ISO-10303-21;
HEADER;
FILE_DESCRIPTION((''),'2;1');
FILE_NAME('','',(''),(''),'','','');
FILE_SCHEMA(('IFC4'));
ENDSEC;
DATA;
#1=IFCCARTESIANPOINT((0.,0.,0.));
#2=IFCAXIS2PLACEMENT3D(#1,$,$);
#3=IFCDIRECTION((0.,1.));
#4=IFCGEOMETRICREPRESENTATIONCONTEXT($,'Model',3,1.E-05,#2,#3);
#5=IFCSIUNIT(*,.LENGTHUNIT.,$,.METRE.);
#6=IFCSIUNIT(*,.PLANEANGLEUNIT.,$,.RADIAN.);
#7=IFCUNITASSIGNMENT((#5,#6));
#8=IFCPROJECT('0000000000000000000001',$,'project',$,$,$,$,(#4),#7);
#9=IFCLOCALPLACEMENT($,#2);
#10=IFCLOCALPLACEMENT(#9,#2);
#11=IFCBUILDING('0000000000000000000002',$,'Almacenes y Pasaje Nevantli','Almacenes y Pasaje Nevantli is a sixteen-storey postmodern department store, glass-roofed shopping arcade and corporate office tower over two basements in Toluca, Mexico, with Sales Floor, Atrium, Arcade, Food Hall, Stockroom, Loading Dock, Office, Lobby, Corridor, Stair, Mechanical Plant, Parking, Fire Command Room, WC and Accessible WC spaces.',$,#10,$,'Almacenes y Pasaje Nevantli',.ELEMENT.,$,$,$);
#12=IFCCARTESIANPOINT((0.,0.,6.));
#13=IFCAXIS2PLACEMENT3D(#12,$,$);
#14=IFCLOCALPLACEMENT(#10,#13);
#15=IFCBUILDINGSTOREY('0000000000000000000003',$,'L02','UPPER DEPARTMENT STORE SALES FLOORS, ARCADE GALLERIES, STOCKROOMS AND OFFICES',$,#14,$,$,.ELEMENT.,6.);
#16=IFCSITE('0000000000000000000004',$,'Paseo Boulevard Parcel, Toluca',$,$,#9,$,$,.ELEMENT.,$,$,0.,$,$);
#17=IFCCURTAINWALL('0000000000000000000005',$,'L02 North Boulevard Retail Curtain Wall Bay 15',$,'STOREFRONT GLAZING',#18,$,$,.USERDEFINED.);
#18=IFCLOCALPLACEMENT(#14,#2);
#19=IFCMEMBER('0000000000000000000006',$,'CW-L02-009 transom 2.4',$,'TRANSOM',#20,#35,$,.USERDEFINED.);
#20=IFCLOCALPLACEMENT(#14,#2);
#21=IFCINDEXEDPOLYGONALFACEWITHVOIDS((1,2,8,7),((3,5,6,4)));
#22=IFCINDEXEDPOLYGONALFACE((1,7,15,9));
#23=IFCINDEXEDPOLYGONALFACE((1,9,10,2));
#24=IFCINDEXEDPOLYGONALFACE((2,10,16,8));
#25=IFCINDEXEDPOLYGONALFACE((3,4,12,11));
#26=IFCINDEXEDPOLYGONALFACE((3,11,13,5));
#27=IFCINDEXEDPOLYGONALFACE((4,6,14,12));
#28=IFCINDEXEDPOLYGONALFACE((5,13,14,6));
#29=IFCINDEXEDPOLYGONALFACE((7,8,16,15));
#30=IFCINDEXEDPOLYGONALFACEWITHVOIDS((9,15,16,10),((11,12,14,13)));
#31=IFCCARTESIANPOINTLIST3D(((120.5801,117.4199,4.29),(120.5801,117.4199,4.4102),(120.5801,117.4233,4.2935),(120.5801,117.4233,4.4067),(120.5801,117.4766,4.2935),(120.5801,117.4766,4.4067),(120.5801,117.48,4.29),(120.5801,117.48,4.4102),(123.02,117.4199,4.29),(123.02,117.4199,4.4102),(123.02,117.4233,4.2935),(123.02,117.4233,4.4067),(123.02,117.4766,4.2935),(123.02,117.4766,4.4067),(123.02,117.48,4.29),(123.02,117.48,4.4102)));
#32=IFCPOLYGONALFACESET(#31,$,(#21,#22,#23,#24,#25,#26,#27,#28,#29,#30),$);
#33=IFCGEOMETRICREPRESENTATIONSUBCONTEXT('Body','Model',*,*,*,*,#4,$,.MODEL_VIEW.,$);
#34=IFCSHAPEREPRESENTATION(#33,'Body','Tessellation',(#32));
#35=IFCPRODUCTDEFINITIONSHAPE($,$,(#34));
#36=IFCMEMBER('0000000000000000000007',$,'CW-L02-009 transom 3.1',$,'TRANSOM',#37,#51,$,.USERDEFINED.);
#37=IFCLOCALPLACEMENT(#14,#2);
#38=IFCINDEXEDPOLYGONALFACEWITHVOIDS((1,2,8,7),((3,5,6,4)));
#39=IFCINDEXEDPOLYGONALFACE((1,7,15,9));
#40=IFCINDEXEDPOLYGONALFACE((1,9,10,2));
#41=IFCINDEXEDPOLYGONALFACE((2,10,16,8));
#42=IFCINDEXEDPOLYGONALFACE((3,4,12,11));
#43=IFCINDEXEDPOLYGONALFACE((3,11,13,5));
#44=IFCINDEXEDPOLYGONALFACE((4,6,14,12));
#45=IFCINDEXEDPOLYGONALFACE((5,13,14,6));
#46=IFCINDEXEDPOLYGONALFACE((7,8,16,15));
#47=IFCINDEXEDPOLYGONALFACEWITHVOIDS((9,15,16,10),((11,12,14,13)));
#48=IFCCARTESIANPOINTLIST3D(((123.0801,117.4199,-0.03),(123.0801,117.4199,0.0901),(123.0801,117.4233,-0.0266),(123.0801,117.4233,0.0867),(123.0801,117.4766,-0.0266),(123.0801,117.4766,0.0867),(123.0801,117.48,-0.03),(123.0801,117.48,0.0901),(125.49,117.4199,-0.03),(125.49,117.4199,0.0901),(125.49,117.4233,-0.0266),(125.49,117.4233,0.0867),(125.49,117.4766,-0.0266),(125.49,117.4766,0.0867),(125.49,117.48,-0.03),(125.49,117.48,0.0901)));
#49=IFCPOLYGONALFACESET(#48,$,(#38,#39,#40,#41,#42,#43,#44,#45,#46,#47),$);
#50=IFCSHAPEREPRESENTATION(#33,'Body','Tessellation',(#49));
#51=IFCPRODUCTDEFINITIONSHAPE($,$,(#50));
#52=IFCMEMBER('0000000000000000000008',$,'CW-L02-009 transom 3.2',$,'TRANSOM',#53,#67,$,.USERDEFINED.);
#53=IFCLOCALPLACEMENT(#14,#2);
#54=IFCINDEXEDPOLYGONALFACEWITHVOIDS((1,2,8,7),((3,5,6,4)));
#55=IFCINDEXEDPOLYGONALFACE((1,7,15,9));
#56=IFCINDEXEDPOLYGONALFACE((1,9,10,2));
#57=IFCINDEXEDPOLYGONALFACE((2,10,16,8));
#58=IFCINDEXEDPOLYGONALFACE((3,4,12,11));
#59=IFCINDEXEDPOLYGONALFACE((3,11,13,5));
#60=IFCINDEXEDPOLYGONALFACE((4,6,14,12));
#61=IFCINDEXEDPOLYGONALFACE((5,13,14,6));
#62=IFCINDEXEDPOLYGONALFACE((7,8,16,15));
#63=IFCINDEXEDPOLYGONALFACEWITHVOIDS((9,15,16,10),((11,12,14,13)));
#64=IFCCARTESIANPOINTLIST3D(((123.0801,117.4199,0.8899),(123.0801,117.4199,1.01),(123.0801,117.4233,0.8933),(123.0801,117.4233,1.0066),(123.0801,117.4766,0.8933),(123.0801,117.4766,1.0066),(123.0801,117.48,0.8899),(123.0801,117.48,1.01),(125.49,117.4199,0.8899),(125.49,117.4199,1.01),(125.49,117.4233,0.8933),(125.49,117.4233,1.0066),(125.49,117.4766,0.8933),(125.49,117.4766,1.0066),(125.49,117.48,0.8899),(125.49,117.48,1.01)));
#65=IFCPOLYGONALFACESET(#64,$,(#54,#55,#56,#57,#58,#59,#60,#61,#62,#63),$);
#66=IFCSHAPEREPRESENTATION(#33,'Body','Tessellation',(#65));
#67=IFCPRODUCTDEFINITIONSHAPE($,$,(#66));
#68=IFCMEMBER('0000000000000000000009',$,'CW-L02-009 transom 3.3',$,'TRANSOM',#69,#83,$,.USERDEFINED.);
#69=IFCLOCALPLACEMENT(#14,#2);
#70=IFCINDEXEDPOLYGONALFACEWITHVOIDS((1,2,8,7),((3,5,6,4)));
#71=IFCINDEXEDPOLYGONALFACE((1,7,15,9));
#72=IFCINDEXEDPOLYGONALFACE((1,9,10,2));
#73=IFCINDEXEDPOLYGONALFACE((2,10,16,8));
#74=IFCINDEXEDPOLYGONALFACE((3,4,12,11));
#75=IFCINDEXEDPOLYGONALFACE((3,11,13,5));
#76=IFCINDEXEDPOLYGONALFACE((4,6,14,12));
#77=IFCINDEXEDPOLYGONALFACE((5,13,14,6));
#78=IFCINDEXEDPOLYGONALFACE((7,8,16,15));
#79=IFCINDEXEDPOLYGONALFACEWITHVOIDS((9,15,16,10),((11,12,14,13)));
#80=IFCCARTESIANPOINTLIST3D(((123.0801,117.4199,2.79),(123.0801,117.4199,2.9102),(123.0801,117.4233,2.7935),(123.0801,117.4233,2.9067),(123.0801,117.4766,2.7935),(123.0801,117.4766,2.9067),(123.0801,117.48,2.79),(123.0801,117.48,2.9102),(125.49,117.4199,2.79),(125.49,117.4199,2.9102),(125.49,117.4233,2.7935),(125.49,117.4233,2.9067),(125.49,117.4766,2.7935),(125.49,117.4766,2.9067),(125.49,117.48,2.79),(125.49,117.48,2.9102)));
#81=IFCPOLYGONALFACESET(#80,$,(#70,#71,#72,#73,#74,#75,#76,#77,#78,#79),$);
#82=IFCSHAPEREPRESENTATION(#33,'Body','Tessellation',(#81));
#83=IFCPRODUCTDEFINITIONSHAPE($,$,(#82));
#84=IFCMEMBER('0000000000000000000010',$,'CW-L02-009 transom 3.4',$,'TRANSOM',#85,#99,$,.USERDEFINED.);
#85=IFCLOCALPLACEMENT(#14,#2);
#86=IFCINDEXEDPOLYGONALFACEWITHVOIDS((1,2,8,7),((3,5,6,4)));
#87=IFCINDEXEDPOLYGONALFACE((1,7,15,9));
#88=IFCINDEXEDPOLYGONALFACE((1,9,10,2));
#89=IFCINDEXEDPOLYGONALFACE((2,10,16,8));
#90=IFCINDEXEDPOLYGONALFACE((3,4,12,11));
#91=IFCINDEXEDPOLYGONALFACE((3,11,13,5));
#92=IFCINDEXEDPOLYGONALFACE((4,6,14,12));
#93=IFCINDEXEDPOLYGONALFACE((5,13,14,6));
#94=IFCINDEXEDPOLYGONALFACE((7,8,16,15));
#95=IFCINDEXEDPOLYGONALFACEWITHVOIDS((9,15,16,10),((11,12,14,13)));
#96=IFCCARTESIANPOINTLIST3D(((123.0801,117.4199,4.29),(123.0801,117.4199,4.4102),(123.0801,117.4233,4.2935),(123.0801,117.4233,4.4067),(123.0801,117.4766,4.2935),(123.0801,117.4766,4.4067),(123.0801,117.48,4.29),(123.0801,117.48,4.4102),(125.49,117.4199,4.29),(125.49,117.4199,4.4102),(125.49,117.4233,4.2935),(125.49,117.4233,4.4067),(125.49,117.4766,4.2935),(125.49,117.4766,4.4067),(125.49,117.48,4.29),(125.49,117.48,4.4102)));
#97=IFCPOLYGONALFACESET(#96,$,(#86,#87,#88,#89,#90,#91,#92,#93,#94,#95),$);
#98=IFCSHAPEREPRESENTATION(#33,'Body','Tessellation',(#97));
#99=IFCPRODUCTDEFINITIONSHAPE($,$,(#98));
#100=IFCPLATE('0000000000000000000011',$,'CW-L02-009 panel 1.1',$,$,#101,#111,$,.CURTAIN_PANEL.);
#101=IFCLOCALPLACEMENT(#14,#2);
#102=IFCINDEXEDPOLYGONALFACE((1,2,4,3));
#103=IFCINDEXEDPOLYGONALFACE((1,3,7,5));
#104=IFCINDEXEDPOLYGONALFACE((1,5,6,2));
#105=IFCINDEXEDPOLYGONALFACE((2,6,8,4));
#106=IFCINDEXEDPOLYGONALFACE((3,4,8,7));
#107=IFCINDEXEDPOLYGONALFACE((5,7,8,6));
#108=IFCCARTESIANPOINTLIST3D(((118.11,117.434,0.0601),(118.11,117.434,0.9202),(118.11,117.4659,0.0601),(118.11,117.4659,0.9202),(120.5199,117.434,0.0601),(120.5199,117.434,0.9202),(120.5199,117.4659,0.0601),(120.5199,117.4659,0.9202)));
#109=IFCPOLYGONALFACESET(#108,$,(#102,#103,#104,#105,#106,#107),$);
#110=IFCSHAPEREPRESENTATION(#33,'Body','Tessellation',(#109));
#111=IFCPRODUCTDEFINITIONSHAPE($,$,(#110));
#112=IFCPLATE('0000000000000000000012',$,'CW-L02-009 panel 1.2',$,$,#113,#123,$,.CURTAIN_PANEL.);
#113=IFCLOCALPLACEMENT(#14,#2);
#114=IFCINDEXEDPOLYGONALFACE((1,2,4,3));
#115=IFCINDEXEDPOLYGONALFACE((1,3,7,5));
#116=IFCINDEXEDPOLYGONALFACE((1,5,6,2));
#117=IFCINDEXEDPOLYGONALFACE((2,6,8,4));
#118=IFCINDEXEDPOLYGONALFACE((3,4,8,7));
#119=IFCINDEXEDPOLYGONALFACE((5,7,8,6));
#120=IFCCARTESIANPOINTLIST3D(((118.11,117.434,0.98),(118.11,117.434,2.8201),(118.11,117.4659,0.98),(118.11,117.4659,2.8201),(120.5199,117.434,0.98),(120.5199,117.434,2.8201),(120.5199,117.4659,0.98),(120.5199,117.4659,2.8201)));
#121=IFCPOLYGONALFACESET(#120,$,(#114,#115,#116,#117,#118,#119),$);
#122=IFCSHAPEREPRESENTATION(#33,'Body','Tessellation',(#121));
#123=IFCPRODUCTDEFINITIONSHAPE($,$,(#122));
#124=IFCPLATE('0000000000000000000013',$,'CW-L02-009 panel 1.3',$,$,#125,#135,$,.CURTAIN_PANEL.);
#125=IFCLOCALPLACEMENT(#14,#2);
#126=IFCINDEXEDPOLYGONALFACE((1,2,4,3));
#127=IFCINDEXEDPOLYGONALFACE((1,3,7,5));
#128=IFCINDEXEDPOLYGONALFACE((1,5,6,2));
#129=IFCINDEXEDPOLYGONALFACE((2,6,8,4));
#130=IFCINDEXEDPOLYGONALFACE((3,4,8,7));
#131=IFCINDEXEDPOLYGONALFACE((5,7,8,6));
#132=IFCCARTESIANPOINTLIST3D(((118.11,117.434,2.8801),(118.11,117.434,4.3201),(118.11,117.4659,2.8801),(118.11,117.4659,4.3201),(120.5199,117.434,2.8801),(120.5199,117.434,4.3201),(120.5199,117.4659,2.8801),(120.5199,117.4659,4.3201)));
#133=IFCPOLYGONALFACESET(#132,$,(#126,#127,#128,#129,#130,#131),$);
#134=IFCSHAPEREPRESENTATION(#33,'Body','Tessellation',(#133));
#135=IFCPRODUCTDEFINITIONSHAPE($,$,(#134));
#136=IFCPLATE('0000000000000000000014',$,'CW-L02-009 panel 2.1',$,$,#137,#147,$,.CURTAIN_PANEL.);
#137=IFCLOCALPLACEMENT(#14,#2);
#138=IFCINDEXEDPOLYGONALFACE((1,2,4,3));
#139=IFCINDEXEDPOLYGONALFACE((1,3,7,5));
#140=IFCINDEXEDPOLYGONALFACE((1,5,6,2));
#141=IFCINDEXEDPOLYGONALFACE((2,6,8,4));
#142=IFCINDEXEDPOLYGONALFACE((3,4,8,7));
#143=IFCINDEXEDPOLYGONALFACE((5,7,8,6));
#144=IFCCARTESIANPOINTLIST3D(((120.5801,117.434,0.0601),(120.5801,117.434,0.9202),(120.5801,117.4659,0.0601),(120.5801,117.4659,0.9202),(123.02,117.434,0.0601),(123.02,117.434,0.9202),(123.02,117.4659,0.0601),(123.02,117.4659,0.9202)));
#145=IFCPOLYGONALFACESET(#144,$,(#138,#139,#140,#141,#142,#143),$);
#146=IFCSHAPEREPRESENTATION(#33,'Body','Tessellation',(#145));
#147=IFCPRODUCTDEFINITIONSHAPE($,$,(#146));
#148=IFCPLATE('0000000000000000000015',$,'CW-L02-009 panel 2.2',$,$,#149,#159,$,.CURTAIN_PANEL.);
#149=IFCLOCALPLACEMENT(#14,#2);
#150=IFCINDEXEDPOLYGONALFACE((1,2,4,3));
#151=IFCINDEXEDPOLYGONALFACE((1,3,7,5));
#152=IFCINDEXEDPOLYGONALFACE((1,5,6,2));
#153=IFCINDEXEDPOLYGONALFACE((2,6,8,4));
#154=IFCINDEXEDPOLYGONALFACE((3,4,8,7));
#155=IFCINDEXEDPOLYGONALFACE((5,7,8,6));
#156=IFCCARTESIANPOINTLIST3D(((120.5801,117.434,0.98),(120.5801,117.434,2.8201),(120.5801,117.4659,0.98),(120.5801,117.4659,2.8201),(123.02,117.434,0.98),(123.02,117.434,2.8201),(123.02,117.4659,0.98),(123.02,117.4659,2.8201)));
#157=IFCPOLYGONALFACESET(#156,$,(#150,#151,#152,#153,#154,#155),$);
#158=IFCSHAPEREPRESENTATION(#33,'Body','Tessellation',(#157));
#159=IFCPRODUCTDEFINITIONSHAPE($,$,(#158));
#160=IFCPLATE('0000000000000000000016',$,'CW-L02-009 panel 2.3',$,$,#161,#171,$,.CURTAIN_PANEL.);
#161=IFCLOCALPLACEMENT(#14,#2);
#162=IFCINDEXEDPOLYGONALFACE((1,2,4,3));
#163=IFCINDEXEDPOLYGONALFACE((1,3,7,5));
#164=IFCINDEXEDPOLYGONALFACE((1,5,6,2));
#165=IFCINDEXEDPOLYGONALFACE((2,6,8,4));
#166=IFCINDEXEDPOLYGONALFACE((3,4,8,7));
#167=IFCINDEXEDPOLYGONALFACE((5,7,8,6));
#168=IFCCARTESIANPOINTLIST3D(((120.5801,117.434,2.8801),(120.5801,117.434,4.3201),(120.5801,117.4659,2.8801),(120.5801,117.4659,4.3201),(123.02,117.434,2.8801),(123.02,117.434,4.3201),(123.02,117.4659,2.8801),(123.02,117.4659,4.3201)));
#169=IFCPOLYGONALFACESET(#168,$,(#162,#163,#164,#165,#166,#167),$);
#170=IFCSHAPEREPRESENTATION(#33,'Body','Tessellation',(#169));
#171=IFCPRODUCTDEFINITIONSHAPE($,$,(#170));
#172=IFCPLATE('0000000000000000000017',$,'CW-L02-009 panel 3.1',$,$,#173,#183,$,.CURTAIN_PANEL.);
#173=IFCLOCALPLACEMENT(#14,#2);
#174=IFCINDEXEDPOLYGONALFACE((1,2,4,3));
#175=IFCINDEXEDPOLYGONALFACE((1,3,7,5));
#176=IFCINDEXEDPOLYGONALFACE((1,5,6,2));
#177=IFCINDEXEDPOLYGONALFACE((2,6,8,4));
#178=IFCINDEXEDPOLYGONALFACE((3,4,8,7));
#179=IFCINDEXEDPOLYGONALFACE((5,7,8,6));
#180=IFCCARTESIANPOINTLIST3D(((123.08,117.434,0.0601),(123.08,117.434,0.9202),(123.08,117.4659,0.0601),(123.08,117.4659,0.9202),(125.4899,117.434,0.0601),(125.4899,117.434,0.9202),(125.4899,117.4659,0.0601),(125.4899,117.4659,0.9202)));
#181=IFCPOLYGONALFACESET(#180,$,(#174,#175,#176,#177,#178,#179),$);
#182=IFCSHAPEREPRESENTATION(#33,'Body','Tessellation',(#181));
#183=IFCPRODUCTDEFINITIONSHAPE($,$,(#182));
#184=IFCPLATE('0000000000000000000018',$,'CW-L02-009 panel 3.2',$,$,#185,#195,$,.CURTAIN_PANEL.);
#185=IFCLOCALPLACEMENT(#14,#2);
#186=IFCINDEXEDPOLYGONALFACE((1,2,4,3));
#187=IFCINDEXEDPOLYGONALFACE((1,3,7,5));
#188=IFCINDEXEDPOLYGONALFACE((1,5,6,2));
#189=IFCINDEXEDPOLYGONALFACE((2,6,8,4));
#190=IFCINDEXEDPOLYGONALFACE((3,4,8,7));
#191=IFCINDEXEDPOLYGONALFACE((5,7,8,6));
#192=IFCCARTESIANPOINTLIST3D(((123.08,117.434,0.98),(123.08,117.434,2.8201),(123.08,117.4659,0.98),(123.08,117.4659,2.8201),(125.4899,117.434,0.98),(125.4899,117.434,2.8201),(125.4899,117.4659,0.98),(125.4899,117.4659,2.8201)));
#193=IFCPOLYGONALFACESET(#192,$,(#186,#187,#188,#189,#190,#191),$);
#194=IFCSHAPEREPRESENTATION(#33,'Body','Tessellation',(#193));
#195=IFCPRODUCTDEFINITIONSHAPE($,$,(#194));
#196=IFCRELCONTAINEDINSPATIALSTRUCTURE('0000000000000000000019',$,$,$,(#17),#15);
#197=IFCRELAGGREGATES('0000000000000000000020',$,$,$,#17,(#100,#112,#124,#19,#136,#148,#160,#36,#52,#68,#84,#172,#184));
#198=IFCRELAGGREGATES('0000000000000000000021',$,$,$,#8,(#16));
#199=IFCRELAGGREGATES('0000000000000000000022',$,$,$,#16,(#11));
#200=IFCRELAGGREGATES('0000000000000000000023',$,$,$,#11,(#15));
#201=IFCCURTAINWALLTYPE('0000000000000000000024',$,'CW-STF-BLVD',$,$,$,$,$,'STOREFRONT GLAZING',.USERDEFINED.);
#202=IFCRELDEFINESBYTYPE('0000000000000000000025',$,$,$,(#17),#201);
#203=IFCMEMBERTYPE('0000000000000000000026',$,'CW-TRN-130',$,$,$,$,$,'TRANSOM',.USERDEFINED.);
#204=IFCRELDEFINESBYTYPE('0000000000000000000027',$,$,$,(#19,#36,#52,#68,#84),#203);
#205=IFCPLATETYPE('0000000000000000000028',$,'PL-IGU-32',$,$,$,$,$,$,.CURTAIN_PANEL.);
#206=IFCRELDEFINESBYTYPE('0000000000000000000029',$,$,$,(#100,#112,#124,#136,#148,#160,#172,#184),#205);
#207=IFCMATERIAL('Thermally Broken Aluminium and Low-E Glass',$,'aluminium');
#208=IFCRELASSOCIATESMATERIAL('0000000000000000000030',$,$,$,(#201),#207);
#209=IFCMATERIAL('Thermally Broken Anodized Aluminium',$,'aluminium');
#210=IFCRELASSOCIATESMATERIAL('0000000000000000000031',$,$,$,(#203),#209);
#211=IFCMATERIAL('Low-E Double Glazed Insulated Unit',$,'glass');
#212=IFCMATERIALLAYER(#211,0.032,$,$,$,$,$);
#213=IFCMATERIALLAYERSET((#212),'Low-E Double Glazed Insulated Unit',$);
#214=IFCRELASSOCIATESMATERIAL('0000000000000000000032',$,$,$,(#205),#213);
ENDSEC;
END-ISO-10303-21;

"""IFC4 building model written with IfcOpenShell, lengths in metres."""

from ifc_helpers import new_model, si_unit, direction, frame, origin, origin_2d, place, context, subcontext, project, spatial, rectangle, hollow_rectangle, extrude, material, layer, layer_set, material_profile, profile_set, type_object, element, aggregate, save


model = new_model("IFC4")

# Units and contexts
model_context = context("Model", 3, precision=1e-05, world=origin(), true_north=direction((0.0, 1.0)))
body_context = subcontext(model_context, "Body", "Model", "MODEL_VIEW")
ifc_project = project(units=[si_unit("LENGTHUNIT", "METRE"), si_unit("PLANEANGLEUNIT", "RADIAN")], contexts=[model_context])

# Site, building, storey
site_placement = place(None, origin())
site = spatial("IfcSite", under=ifc_project, at=site_placement, Name="Paseo Boulevard Parcel, Toluca", CompositionType="ELEMENT", RefElevation=0.0)
building_placement = place(site_placement, origin())
building = spatial("IfcBuilding", under=site, at=building_placement, Name="Almacenes y Pasaje Nevantli", Description="Almacenes y Pasaje Nevantli is a sixteen-storey postmodern department store, glass-roofed shopping arcade and corporate office tower over two basements in Toluca, Mexico, with Sales Floor, Atrium, Arcade, Food Hall, Stockroom, Loading Dock, Office, Lobby, Corridor, Stair, Mechanical Plant, Parking, Fire Command Room, WC and Accessible WC spaces.", LongName="Almacenes y Pasaje Nevantli", CompositionType="ELEMENT")
storey_placement = place(building_placement, frame((0.0, 0.0, 6.0)))
storey = spatial("IfcBuildingStorey", under=building, at=storey_placement, Name="L02", Description="UPPER DEPARTMENT STORE SALES FLOORS, ARCADE GALLERIES, STOCKROOMS AND OFFICES", CompositionType="ELEMENT", Elevation=6.0)

# Curtain wall, members, plates
ifc_material_1 = material(Name="Thermally Broken Aluminium and Low-E Glass", Category="aluminium")
curtain_wall_type = type_object("IfcCurtainWallType", Name="CW-STF-BLVD", ElementType="STOREFRONT GLAZING", PredefinedType="USERDEFINED", material=ifc_material_1)
curtain_wall_placement = place(storey_placement, origin())
curtain_wall = element("IfcCurtainWall", 1, at=curtain_wall_placement, inside=storey, type_object=curtain_wall_type, Name="L02 North Boulevard Retail Curtain Wall Bay 15", ObjectType="STOREFRONT GLAZING", PredefinedType="USERDEFINED")
ifc_material_2 = material(Name="Thermally Broken Anodized Aluminium", Category="aluminium")
ifc_material_profile_1 = material_profile(ifc_material_2, hollow_rectangle(XDim=0.0601, YDim=0.1201, WallThickness=0.0034, at=origin_2d()), Name="ALU-TRN-60x120")
ifc_profile_set_1 = profile_set([ifc_material_profile_1], Name="Thermally Broken Anodized Aluminium")
member_type_1 = type_object("IfcMemberType", Name="CW-TRN-130", ElementType="TRANSOM", PredefinedType="USERDEFINED", material=ifc_profile_set_1)
member_1_placement = place(storey_placement, frame((120.5801, 117.45, 4.3501), z_axis=(1.0, 0.0, 0.0), x_axis=(0.0, 1.0, 0.0)))
member_1 = element("IfcMember", 2, at=member_1_placement, type_object=member_type_1, Name="CW-L02-009 transom 2.4", ObjectType="TRANSOM", PredefinedType="USERDEFINED", context=body_context, shape_type="SweptSolid", body=[
    extrude(hollow_rectangle(XDim=0.0601, YDim=0.1201, WallThickness=0.0034, at=origin_2d()), origin(), (0.0, 0.0, 1.0), 2.4399),
])
member_2_placement = place(storey_placement, frame((123.0801, 117.45, 0.03), z_axis=(1.0, 0.0, 0.0), x_axis=(0.0, 1.0, 0.0)))
member_2 = element("IfcMember", 3, at=member_2_placement, type_object=member_type_1, Name="CW-L02-009 transom 3.1", ObjectType="TRANSOM", PredefinedType="USERDEFINED", context=body_context, shape_type="SweptSolid", body=[
    extrude(hollow_rectangle(XDim=0.0601, YDim=0.1201, WallThickness=0.0034, at=origin_2d()), origin(), (0.0, 0.0, 1.0), 2.4099),
])
member_3_placement = place(storey_placement, frame((123.0801, 117.45, 0.95), z_axis=(1.0, 0.0, 0.0), x_axis=(0.0, 1.0, 0.0)))
member_3 = element("IfcMember", 4, at=member_3_placement, type_object=member_type_1, Name="CW-L02-009 transom 3.2", ObjectType="TRANSOM", PredefinedType="USERDEFINED", context=body_context, shape_type="SweptSolid", body=[
    extrude(hollow_rectangle(XDim=0.0601, YDim=0.1201, WallThickness=0.0034, at=origin_2d()), origin(), (0.0, 0.0, 1.0), 2.4099),
])
member_4_placement = place(storey_placement, frame((123.0801, 117.45, 2.8501), z_axis=(1.0, 0.0, 0.0), x_axis=(0.0, 1.0, 0.0)))
member_4 = element("IfcMember", 5, at=member_4_placement, type_object=member_type_1, Name="CW-L02-009 transom 3.3", ObjectType="TRANSOM", PredefinedType="USERDEFINED", context=body_context, shape_type="SweptSolid", body=[
    extrude(hollow_rectangle(XDim=0.0601, YDim=0.1201, WallThickness=0.0034, at=origin_2d()), origin(), (0.0, 0.0, 1.0), 2.4099),
])
member_5_placement = place(storey_placement, frame((123.0801, 117.45, 4.3501), z_axis=(1.0, 0.0, 0.0), x_axis=(0.0, 1.0, 0.0)))
member_5 = element("IfcMember", 6, at=member_5_placement, type_object=member_type_1, Name="CW-L02-009 transom 3.4", ObjectType="TRANSOM", PredefinedType="USERDEFINED", context=body_context, shape_type="SweptSolid", body=[
    extrude(hollow_rectangle(XDim=0.0601, YDim=0.1201, WallThickness=0.0034, at=origin_2d()), origin(), (0.0, 0.0, 1.0), 2.4099),
])
ifc_material_3 = material(Name="Low-E Double Glazed Insulated Unit", Category="glass")
ifc_layer_1 = layer(ifc_material_3, 0.032)
ifc_layer_set_1 = layer_set([ifc_layer_1], Name="Low-E Double Glazed Insulated Unit")
plate_type = type_object("IfcPlateType", Name="PL-IGU-32", PredefinedType="CURTAIN_PANEL", material=ifc_layer_set_1)
plate_1_placement = place(storey_placement, frame((119.3149, 117.45, 0.0601), z_axis=(0.0, 0.0, 1.0), x_axis=(1.0, 0.0, 0.0)))
plate_1 = element("IfcPlate", 7, at=plate_1_placement, type_object=plate_type, Name="CW-L02-009 panel 1.1", PredefinedType="CURTAIN_PANEL", context=body_context, shape_type="SweptSolid", body=[
    extrude(rectangle(XDim=2.4099, YDim=0.032, at=origin_2d()), origin(), (0.0, 0.0, 1.0), 0.8601),
])
plate_2_placement = place(storey_placement, frame((119.3149, 117.45, 0.98), z_axis=(0.0, 0.0, 1.0), x_axis=(1.0, 0.0, 0.0)))
plate_2 = element("IfcPlate", 8, at=plate_2_placement, type_object=plate_type, Name="CW-L02-009 panel 1.2", PredefinedType="CURTAIN_PANEL", context=body_context, shape_type="SweptSolid", body=[
    extrude(rectangle(XDim=2.4099, YDim=0.032, at=origin_2d()), origin(), (0.0, 0.0, 1.0), 1.8401),
])
plate_3_placement = place(storey_placement, frame((119.3149, 117.45, 2.8801), z_axis=(0.0, 0.0, 1.0), x_axis=(1.0, 0.0, 0.0)))
plate_3 = element("IfcPlate", 9, at=plate_3_placement, type_object=plate_type, Name="CW-L02-009 panel 1.3", PredefinedType="CURTAIN_PANEL", context=body_context, shape_type="SweptSolid", body=[
    extrude(rectangle(XDim=2.4099, YDim=0.032, at=origin_2d()), origin(), (0.0, 0.0, 1.0), 1.4399),
])
plate_4_placement = place(storey_placement, frame((121.8, 117.45, 0.0601), z_axis=(0.0, 0.0, 1.0), x_axis=(1.0, 0.0, 0.0)))
plate_4 = element("IfcPlate", 10, at=plate_4_placement, type_object=plate_type, Name="CW-L02-009 panel 2.1", PredefinedType="CURTAIN_PANEL", context=body_context, shape_type="SweptSolid", body=[
    extrude(rectangle(XDim=2.4399, YDim=0.032, at=origin_2d()), origin(), (0.0, 0.0, 1.0), 0.8601),
])
plate_5_placement = place(storey_placement, frame((121.8, 117.45, 0.98), z_axis=(0.0, 0.0, 1.0), x_axis=(1.0, 0.0, 0.0)))
plate_5 = element("IfcPlate", 11, at=plate_5_placement, type_object=plate_type, Name="CW-L02-009 panel 2.2", PredefinedType="CURTAIN_PANEL", context=body_context, shape_type="SweptSolid", body=[
    extrude(rectangle(XDim=2.4399, YDim=0.032, at=origin_2d()), origin(), (0.0, 0.0, 1.0), 1.8401),
])
plate_6_placement = place(storey_placement, frame((121.8, 117.45, 2.8801), z_axis=(0.0, 0.0, 1.0), x_axis=(1.0, 0.0, 0.0)))
plate_6 = element("IfcPlate", 12, at=plate_6_placement, type_object=plate_type, Name="CW-L02-009 panel 2.3", PredefinedType="CURTAIN_PANEL", context=body_context, shape_type="SweptSolid", body=[
    extrude(rectangle(XDim=2.4399, YDim=0.032, at=origin_2d()), origin(), (0.0, 0.0, 1.0), 1.4399),
])
plate_7_placement = place(storey_placement, frame((124.2849, 117.45, 0.0601), z_axis=(0.0, 0.0, 1.0), x_axis=(1.0, 0.0, 0.0)))
plate_7 = element("IfcPlate", 13, at=plate_7_placement, type_object=plate_type, Name="CW-L02-009 panel 3.1", PredefinedType="CURTAIN_PANEL", context=body_context, shape_type="SweptSolid", body=[
    extrude(rectangle(XDim=2.4099, YDim=0.032, at=origin_2d()), origin(), (0.0, 0.0, 1.0), 0.8601),
])
plate_8_placement = place(storey_placement, frame((124.2849, 117.45, 0.98), z_axis=(0.0, 0.0, 1.0), x_axis=(1.0, 0.0, 0.0)))
plate_8 = element("IfcPlate", 14, at=plate_8_placement, type_object=plate_type, Name="CW-L02-009 panel 3.2", PredefinedType="CURTAIN_PANEL", context=body_context, shape_type="SweptSolid", body=[
    extrude(rectangle(XDim=2.4099, YDim=0.032, at=origin_2d()), origin(), (0.0, 0.0, 1.0), 1.8401),
])
aggregate(curtain_wall, [plate_1, plate_2, plate_3, member_1, plate_4, plate_5, plate_6, member_2, member_3, member_4, member_5, plate_7, plate_8])

save(model, "model.ifc")
